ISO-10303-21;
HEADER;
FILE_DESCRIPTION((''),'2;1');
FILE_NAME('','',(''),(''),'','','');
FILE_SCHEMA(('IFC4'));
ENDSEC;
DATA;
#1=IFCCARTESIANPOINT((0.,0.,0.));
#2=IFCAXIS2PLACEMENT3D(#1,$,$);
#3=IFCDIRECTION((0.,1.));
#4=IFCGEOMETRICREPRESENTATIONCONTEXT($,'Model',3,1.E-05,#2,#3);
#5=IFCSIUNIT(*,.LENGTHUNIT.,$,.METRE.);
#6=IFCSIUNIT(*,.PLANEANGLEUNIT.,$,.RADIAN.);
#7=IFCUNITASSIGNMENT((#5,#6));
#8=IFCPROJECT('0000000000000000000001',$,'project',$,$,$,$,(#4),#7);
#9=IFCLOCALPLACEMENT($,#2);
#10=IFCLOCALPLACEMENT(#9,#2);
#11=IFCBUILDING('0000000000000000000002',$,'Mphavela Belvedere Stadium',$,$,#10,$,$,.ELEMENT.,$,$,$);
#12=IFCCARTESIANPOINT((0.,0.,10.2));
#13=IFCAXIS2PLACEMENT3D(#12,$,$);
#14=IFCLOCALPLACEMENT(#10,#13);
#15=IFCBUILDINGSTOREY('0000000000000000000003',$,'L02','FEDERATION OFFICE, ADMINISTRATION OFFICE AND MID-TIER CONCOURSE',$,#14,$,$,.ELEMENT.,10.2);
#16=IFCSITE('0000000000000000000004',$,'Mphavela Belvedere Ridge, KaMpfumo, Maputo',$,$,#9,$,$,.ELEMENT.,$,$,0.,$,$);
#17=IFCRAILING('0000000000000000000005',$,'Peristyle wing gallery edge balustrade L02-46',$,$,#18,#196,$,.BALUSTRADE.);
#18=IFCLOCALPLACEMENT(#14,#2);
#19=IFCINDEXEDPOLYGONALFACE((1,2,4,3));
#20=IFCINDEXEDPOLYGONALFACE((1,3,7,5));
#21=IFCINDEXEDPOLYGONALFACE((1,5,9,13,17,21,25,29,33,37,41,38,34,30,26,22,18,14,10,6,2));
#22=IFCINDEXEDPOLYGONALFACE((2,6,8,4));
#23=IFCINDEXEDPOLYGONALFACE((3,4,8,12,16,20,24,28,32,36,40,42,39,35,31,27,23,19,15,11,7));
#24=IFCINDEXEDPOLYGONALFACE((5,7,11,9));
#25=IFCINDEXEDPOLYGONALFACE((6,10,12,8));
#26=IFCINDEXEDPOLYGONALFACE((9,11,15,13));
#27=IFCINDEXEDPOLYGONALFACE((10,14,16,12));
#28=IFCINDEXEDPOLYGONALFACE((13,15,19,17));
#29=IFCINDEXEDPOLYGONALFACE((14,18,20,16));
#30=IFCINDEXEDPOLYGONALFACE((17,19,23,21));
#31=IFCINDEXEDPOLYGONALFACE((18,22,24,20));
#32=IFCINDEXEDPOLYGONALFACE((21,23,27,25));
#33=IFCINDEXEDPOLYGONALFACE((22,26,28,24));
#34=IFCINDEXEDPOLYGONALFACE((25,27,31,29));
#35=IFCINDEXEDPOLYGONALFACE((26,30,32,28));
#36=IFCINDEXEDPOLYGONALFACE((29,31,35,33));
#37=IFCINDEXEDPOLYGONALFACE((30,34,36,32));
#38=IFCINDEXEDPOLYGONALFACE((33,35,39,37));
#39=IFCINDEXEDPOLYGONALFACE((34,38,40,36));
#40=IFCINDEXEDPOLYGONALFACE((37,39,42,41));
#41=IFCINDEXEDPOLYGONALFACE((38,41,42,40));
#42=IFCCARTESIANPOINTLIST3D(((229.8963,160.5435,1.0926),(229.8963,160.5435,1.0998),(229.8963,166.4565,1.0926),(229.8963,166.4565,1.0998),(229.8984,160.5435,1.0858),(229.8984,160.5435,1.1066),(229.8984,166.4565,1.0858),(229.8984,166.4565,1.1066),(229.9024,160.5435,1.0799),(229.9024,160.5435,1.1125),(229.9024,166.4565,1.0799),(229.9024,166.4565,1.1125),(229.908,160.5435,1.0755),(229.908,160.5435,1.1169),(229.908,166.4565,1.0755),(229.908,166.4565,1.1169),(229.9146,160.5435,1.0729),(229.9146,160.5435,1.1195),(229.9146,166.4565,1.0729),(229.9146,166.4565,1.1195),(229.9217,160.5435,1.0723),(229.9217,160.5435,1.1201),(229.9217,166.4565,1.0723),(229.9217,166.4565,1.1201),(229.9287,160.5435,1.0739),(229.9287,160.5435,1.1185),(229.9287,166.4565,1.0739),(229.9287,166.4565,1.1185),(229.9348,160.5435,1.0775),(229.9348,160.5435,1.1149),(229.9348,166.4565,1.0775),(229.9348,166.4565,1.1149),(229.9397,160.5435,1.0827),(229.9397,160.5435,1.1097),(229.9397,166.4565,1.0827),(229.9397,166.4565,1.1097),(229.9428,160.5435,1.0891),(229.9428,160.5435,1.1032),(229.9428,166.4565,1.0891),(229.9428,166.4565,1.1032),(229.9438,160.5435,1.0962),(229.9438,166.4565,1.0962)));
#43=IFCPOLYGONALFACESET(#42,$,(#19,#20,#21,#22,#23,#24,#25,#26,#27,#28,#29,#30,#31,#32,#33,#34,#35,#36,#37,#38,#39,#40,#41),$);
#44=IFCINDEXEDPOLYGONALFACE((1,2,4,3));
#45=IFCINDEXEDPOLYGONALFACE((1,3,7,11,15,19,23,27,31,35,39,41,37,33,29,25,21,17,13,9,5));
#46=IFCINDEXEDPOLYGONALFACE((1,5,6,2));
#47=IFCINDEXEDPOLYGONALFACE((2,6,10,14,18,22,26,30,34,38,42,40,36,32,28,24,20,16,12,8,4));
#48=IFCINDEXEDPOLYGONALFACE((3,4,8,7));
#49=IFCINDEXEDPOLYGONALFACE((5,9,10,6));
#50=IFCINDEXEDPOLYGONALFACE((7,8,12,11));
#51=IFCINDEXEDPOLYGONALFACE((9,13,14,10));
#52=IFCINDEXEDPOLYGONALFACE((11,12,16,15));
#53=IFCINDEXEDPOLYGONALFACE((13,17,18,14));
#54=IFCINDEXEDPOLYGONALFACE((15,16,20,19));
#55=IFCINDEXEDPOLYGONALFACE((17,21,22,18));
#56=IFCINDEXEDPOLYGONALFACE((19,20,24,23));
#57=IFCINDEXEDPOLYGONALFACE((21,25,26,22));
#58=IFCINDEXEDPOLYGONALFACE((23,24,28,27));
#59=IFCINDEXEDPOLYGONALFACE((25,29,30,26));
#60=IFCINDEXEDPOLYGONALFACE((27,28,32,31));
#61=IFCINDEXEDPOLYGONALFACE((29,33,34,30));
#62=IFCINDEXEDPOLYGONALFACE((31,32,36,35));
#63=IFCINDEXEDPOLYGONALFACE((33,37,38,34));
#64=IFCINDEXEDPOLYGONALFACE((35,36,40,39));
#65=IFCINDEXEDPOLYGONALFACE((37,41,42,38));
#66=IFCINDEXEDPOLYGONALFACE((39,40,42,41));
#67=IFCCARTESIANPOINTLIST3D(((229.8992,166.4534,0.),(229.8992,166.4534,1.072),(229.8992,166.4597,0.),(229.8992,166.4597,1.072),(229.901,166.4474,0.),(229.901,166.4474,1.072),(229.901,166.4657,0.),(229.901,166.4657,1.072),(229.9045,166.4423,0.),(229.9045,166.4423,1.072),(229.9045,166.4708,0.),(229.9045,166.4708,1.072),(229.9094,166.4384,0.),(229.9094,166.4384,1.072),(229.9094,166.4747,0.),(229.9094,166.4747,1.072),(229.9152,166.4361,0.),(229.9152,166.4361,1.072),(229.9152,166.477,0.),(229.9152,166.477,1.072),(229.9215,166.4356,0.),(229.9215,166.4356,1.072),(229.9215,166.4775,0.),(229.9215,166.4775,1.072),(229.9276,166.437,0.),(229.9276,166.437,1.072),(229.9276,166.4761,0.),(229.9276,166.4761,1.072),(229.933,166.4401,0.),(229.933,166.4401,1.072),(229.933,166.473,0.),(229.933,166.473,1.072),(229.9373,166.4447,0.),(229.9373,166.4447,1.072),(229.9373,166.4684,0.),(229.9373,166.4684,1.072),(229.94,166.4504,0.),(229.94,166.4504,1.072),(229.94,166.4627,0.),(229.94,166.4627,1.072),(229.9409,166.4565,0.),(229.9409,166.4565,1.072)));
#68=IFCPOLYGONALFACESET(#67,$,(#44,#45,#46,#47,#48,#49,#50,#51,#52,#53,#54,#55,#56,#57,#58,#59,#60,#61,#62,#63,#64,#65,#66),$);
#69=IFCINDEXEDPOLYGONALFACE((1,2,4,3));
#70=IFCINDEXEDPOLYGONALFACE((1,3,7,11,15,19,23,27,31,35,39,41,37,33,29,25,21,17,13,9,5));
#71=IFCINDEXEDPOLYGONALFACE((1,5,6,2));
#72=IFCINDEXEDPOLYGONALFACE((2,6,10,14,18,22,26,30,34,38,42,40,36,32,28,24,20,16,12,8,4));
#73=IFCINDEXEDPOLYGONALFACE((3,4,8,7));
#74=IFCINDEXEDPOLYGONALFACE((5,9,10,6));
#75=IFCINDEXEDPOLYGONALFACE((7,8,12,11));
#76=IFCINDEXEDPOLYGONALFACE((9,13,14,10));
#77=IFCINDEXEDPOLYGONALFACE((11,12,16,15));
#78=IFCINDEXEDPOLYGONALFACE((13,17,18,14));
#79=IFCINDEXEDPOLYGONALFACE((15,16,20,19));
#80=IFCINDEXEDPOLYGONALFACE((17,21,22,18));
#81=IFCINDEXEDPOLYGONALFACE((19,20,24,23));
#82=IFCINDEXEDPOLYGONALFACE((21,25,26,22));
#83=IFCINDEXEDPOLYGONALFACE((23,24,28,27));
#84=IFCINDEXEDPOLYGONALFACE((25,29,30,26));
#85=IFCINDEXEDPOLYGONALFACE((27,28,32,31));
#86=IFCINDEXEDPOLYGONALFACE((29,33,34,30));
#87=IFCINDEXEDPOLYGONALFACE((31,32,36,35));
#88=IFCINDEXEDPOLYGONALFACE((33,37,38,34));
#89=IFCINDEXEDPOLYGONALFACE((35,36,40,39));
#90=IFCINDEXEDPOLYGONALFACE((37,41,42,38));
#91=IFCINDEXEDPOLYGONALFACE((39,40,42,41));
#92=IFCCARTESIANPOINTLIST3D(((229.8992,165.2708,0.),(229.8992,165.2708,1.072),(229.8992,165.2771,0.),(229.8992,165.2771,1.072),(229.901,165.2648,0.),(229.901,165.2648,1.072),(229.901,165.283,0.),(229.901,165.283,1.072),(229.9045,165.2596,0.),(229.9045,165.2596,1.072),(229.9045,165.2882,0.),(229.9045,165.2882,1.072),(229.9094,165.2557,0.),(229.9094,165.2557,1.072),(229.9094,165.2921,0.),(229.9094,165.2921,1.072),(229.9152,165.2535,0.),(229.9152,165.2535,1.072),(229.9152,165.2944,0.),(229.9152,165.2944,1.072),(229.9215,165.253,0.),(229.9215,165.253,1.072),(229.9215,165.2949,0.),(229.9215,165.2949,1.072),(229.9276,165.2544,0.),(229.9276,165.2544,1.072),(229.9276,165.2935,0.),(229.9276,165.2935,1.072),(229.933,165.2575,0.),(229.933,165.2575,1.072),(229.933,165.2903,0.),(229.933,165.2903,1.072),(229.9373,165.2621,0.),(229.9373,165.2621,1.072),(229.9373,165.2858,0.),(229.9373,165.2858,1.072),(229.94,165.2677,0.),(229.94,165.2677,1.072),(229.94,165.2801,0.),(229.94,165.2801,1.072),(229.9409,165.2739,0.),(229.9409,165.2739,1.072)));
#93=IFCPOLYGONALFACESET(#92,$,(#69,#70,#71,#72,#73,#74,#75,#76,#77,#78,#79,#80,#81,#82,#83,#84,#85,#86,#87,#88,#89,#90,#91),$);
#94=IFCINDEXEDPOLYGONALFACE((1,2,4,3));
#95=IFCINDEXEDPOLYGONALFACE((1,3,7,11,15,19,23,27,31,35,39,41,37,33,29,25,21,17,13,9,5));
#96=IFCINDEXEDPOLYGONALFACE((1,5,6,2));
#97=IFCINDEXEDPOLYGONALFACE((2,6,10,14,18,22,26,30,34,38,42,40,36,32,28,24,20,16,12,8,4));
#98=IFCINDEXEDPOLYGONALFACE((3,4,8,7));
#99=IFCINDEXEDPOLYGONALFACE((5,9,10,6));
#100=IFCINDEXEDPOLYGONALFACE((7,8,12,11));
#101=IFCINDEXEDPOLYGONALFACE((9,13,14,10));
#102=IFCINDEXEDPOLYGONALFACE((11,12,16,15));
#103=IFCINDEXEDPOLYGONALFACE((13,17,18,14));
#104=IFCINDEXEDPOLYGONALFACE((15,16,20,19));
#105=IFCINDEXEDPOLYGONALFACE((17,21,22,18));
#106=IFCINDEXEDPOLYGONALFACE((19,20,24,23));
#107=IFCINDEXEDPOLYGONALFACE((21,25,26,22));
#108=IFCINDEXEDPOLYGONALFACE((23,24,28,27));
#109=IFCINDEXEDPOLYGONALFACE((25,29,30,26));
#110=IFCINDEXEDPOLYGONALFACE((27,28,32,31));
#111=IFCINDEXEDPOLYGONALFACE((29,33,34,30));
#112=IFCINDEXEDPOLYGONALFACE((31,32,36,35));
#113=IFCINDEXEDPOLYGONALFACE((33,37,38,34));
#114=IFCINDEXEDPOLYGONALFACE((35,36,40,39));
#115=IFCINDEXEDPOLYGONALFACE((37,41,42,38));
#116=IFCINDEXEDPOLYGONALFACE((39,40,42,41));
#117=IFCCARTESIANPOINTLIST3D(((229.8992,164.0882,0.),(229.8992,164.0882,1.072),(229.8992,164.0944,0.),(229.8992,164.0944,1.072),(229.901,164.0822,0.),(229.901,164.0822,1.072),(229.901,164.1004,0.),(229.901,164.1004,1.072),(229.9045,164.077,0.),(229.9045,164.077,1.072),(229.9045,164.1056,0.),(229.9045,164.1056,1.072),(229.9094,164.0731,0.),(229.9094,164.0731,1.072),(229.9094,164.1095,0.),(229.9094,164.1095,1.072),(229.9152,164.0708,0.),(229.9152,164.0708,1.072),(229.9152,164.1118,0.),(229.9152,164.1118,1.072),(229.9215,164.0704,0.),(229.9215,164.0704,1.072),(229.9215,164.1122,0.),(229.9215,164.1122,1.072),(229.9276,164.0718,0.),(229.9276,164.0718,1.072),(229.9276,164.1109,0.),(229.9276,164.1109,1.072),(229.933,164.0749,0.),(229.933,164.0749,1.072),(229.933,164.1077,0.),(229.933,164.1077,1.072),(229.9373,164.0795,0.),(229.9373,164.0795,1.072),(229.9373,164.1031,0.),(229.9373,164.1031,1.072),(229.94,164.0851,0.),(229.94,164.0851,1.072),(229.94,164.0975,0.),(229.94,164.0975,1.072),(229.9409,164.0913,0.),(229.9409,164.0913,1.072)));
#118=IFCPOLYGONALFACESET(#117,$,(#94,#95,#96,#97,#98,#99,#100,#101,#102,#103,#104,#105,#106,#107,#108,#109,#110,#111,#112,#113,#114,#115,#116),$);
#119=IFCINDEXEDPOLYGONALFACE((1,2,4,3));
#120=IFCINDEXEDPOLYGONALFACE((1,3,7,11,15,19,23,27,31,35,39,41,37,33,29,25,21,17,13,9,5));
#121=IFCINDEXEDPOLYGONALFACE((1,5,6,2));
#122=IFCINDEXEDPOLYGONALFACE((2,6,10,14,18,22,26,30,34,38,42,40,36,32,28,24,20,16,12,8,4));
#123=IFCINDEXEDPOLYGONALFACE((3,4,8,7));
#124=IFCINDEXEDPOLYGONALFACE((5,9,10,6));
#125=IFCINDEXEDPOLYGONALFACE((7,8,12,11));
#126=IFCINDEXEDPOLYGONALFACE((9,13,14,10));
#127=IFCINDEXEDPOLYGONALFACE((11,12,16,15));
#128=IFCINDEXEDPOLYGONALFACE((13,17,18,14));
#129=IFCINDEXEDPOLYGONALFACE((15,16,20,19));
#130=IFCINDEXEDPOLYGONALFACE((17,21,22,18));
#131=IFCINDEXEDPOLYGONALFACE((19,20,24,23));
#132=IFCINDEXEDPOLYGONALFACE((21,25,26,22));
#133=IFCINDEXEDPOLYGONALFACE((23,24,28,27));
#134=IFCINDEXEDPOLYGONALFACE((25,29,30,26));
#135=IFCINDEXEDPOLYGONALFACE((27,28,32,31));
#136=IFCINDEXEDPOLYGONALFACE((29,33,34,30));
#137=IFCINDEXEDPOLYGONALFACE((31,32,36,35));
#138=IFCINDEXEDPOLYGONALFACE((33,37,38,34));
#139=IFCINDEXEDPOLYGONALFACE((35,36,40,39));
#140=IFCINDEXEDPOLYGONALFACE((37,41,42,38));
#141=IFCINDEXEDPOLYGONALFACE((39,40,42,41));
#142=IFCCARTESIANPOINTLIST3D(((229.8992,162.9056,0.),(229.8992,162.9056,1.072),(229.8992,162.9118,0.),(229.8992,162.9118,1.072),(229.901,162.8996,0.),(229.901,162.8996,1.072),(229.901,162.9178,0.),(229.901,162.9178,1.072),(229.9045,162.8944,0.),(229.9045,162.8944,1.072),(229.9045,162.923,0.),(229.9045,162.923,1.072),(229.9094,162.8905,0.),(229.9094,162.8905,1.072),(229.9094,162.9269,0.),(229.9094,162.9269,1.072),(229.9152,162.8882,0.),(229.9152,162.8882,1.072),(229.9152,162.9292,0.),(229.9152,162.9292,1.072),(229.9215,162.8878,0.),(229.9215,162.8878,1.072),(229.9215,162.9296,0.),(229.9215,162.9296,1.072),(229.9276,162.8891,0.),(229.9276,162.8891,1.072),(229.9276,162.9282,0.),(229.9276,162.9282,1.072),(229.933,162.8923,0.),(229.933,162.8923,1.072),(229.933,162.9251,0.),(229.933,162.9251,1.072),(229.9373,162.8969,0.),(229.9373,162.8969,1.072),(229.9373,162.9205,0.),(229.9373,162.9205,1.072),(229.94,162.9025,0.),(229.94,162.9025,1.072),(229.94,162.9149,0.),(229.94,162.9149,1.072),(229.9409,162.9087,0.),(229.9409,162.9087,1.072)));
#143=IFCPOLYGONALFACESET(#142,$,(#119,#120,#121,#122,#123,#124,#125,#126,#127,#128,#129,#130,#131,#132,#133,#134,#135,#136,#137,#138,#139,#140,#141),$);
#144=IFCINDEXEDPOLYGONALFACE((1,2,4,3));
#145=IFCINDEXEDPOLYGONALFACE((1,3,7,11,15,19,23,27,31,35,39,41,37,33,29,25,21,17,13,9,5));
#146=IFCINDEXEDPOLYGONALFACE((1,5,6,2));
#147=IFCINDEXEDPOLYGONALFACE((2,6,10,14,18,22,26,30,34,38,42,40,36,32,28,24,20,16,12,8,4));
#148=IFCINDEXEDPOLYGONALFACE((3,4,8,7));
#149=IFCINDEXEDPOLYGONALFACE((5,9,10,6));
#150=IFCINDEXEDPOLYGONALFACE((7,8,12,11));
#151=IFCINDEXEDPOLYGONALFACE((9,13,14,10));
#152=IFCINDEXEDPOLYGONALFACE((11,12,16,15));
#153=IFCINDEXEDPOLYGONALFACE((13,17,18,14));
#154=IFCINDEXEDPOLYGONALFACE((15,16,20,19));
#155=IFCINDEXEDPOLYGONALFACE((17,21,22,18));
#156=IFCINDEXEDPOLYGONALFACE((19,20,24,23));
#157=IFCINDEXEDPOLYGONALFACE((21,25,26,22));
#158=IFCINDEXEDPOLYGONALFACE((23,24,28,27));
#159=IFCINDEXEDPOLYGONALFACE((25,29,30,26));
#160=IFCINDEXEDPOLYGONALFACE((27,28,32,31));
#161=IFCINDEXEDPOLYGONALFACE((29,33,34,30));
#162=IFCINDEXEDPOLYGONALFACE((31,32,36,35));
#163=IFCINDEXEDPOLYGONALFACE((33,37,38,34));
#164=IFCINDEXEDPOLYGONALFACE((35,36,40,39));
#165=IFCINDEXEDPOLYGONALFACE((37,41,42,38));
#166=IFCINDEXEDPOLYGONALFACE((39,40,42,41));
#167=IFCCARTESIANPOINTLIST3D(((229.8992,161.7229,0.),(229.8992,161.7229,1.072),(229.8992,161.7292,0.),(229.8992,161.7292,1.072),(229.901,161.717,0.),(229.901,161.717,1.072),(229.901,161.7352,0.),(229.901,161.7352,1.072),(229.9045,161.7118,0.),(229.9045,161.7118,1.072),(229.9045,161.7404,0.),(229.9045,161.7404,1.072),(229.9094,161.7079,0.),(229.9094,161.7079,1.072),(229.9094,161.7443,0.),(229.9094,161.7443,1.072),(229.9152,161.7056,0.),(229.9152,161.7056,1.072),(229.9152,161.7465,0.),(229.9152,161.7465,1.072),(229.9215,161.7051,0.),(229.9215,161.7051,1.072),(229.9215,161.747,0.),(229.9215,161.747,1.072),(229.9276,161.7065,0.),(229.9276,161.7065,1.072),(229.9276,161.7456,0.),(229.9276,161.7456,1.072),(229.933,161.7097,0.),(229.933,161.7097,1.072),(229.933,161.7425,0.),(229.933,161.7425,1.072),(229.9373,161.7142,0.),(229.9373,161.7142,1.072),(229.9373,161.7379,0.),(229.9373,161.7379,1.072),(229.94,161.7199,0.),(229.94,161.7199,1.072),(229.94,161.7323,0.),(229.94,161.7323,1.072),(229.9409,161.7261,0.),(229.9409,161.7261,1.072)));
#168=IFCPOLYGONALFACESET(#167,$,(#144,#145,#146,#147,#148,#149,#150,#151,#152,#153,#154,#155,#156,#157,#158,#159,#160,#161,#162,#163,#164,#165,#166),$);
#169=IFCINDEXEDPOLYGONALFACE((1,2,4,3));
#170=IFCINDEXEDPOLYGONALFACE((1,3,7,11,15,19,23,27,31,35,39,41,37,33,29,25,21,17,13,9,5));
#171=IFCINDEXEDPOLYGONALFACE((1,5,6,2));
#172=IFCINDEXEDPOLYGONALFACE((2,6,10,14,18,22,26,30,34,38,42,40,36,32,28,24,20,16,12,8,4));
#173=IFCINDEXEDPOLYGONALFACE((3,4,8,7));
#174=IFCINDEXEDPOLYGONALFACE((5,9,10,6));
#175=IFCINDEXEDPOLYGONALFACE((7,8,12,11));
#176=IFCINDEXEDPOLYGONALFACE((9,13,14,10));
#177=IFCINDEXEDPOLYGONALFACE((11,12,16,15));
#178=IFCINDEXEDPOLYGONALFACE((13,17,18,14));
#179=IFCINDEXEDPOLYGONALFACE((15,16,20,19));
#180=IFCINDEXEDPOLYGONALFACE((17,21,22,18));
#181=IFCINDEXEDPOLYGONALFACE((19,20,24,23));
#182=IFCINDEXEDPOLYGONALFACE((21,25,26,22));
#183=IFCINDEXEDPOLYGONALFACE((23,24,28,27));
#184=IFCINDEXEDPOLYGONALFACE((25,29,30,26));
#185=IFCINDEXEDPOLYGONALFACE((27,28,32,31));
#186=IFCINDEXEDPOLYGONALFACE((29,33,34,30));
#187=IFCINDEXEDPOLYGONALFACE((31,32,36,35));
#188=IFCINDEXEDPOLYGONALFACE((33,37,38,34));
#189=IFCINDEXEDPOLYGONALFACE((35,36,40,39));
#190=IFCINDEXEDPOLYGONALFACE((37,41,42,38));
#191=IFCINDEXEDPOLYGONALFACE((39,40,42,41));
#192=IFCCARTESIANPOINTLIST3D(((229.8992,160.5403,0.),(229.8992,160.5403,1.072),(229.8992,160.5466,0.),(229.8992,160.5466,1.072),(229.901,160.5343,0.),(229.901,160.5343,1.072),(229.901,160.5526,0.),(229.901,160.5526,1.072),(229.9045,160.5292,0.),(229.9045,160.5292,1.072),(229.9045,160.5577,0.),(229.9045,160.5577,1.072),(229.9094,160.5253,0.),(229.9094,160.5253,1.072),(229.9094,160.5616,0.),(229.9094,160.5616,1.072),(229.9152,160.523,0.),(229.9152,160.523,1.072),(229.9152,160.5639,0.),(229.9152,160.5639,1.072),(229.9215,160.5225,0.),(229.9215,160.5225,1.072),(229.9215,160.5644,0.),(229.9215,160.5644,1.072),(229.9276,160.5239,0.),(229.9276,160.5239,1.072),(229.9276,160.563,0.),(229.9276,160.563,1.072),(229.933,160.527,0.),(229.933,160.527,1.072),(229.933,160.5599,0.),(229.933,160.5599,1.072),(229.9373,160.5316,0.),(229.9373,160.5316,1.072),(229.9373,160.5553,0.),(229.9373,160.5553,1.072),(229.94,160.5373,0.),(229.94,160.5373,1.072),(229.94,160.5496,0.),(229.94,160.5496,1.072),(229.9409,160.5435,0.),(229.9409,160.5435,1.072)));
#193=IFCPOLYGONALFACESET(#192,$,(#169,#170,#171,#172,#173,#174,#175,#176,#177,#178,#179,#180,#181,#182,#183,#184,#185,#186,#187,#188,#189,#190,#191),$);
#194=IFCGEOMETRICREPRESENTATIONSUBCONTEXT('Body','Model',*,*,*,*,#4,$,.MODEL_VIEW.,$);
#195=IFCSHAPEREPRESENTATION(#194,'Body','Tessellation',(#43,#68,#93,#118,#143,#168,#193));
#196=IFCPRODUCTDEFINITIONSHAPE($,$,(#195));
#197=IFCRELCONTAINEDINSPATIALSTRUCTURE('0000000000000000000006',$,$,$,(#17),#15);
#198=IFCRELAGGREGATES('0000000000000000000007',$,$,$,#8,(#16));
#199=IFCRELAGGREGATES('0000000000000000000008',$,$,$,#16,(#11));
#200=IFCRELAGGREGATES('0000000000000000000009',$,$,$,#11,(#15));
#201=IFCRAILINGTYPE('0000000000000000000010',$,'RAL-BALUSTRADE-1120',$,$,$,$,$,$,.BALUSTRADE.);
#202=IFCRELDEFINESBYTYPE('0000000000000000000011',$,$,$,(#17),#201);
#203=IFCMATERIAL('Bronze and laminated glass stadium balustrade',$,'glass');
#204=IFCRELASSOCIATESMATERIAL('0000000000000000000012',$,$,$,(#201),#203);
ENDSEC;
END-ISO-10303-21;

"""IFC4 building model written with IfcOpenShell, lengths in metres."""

from ifc_helpers import new_model, si_unit, direction, frame, origin, origin_2d, place, context, subcontext, project, spatial, circle, extrude, material, type_object, element, save


model = new_model("IFC4")

# Units and contexts
model_context = context("Model", 3, precision=1e-05, world=origin(), true_north=direction((0.0, 1.0)))
body_context = subcontext(model_context, "Body", "Model", "MODEL_VIEW")
ifc_project = project(units=[si_unit("LENGTHUNIT", "METRE"), si_unit("PLANEANGLEUNIT", "RADIAN")], contexts=[model_context])

# Site, building, storey
site_placement = place(None, origin())
site = spatial("IfcSite", under=ifc_project, at=site_placement, Name="Mphavela Belvedere Ridge, KaMpfumo, Maputo", CompositionType="ELEMENT", RefElevation=0.0)
building_placement = place(site_placement, origin())
building = spatial("IfcBuilding", under=site, at=building_placement, Name="Mphavela Belvedere Stadium", CompositionType="ELEMENT")
storey_placement = place(building_placement, frame((0.0, 0.0, 10.2)))
storey = spatial("IfcBuildingStorey", under=building, at=storey_placement, Name="L02", Description="FEDERATION OFFICE, ADMINISTRATION OFFICE AND MID-TIER CONCOURSE", CompositionType="ELEMENT", Elevation=10.2)

# Railing
ifc_material_1 = material(Name="Bronze and laminated glass stadium balustrade", Category="glass")
railing_type = type_object("IfcRailingType", Name="RAL-BALUSTRADE-1120", PredefinedType="BALUSTRADE", material=ifc_material_1)
for number, where, name in (
    (1, (229.9199, 166.4565, 0.0), "Peristyle wing gallery edge balustrade L02-46"),
):
    element("IfcRailing", number, at=place(storey_placement, frame(where)), inside=storey, type_object=railing_type, Name=name, PredefinedType="BALUSTRADE", context=body_context, shape_type="SweptSolid", body=[
        extrude(circle(Radius=0.0239, at=origin_2d()), frame((0.0, 0.0, 1.0962), z_axis=(0.0, -1.0, 0.0), x_axis=(1.0, 0.0, 0.0)), (0.0, 0.0, 1.0), 5.9131),
        extrude(circle(Radius=0.021, at=origin_2d()), origin(), (0.0, 0.0, 1.0), 1.072),
        extrude(circle(Radius=0.021, at=origin_2d()), frame((0.0, -1.1826, 0.0)), (0.0, 0.0, 1.0), 1.072),
        extrude(circle(Radius=0.021, at=origin_2d()), frame((0.0, -2.3652, 0.0)), (0.0, 0.0, 1.0), 1.072),
        extrude(circle(Radius=0.021, at=origin_2d()), frame((0.0, -3.5479, 0.0)), (0.0, 0.0, 1.0), 1.072),
        extrude(circle(Radius=0.021, at=origin_2d()), frame((0.0, -4.7305, 0.0)), (0.0, 0.0, 1.0), 1.072),
        extrude(circle(Radius=0.021, at=origin_2d()), frame((0.0, -5.9131, 0.0)), (0.0, 0.0, 1.0), 1.072),
    ])

save(model, "model.ifc")
